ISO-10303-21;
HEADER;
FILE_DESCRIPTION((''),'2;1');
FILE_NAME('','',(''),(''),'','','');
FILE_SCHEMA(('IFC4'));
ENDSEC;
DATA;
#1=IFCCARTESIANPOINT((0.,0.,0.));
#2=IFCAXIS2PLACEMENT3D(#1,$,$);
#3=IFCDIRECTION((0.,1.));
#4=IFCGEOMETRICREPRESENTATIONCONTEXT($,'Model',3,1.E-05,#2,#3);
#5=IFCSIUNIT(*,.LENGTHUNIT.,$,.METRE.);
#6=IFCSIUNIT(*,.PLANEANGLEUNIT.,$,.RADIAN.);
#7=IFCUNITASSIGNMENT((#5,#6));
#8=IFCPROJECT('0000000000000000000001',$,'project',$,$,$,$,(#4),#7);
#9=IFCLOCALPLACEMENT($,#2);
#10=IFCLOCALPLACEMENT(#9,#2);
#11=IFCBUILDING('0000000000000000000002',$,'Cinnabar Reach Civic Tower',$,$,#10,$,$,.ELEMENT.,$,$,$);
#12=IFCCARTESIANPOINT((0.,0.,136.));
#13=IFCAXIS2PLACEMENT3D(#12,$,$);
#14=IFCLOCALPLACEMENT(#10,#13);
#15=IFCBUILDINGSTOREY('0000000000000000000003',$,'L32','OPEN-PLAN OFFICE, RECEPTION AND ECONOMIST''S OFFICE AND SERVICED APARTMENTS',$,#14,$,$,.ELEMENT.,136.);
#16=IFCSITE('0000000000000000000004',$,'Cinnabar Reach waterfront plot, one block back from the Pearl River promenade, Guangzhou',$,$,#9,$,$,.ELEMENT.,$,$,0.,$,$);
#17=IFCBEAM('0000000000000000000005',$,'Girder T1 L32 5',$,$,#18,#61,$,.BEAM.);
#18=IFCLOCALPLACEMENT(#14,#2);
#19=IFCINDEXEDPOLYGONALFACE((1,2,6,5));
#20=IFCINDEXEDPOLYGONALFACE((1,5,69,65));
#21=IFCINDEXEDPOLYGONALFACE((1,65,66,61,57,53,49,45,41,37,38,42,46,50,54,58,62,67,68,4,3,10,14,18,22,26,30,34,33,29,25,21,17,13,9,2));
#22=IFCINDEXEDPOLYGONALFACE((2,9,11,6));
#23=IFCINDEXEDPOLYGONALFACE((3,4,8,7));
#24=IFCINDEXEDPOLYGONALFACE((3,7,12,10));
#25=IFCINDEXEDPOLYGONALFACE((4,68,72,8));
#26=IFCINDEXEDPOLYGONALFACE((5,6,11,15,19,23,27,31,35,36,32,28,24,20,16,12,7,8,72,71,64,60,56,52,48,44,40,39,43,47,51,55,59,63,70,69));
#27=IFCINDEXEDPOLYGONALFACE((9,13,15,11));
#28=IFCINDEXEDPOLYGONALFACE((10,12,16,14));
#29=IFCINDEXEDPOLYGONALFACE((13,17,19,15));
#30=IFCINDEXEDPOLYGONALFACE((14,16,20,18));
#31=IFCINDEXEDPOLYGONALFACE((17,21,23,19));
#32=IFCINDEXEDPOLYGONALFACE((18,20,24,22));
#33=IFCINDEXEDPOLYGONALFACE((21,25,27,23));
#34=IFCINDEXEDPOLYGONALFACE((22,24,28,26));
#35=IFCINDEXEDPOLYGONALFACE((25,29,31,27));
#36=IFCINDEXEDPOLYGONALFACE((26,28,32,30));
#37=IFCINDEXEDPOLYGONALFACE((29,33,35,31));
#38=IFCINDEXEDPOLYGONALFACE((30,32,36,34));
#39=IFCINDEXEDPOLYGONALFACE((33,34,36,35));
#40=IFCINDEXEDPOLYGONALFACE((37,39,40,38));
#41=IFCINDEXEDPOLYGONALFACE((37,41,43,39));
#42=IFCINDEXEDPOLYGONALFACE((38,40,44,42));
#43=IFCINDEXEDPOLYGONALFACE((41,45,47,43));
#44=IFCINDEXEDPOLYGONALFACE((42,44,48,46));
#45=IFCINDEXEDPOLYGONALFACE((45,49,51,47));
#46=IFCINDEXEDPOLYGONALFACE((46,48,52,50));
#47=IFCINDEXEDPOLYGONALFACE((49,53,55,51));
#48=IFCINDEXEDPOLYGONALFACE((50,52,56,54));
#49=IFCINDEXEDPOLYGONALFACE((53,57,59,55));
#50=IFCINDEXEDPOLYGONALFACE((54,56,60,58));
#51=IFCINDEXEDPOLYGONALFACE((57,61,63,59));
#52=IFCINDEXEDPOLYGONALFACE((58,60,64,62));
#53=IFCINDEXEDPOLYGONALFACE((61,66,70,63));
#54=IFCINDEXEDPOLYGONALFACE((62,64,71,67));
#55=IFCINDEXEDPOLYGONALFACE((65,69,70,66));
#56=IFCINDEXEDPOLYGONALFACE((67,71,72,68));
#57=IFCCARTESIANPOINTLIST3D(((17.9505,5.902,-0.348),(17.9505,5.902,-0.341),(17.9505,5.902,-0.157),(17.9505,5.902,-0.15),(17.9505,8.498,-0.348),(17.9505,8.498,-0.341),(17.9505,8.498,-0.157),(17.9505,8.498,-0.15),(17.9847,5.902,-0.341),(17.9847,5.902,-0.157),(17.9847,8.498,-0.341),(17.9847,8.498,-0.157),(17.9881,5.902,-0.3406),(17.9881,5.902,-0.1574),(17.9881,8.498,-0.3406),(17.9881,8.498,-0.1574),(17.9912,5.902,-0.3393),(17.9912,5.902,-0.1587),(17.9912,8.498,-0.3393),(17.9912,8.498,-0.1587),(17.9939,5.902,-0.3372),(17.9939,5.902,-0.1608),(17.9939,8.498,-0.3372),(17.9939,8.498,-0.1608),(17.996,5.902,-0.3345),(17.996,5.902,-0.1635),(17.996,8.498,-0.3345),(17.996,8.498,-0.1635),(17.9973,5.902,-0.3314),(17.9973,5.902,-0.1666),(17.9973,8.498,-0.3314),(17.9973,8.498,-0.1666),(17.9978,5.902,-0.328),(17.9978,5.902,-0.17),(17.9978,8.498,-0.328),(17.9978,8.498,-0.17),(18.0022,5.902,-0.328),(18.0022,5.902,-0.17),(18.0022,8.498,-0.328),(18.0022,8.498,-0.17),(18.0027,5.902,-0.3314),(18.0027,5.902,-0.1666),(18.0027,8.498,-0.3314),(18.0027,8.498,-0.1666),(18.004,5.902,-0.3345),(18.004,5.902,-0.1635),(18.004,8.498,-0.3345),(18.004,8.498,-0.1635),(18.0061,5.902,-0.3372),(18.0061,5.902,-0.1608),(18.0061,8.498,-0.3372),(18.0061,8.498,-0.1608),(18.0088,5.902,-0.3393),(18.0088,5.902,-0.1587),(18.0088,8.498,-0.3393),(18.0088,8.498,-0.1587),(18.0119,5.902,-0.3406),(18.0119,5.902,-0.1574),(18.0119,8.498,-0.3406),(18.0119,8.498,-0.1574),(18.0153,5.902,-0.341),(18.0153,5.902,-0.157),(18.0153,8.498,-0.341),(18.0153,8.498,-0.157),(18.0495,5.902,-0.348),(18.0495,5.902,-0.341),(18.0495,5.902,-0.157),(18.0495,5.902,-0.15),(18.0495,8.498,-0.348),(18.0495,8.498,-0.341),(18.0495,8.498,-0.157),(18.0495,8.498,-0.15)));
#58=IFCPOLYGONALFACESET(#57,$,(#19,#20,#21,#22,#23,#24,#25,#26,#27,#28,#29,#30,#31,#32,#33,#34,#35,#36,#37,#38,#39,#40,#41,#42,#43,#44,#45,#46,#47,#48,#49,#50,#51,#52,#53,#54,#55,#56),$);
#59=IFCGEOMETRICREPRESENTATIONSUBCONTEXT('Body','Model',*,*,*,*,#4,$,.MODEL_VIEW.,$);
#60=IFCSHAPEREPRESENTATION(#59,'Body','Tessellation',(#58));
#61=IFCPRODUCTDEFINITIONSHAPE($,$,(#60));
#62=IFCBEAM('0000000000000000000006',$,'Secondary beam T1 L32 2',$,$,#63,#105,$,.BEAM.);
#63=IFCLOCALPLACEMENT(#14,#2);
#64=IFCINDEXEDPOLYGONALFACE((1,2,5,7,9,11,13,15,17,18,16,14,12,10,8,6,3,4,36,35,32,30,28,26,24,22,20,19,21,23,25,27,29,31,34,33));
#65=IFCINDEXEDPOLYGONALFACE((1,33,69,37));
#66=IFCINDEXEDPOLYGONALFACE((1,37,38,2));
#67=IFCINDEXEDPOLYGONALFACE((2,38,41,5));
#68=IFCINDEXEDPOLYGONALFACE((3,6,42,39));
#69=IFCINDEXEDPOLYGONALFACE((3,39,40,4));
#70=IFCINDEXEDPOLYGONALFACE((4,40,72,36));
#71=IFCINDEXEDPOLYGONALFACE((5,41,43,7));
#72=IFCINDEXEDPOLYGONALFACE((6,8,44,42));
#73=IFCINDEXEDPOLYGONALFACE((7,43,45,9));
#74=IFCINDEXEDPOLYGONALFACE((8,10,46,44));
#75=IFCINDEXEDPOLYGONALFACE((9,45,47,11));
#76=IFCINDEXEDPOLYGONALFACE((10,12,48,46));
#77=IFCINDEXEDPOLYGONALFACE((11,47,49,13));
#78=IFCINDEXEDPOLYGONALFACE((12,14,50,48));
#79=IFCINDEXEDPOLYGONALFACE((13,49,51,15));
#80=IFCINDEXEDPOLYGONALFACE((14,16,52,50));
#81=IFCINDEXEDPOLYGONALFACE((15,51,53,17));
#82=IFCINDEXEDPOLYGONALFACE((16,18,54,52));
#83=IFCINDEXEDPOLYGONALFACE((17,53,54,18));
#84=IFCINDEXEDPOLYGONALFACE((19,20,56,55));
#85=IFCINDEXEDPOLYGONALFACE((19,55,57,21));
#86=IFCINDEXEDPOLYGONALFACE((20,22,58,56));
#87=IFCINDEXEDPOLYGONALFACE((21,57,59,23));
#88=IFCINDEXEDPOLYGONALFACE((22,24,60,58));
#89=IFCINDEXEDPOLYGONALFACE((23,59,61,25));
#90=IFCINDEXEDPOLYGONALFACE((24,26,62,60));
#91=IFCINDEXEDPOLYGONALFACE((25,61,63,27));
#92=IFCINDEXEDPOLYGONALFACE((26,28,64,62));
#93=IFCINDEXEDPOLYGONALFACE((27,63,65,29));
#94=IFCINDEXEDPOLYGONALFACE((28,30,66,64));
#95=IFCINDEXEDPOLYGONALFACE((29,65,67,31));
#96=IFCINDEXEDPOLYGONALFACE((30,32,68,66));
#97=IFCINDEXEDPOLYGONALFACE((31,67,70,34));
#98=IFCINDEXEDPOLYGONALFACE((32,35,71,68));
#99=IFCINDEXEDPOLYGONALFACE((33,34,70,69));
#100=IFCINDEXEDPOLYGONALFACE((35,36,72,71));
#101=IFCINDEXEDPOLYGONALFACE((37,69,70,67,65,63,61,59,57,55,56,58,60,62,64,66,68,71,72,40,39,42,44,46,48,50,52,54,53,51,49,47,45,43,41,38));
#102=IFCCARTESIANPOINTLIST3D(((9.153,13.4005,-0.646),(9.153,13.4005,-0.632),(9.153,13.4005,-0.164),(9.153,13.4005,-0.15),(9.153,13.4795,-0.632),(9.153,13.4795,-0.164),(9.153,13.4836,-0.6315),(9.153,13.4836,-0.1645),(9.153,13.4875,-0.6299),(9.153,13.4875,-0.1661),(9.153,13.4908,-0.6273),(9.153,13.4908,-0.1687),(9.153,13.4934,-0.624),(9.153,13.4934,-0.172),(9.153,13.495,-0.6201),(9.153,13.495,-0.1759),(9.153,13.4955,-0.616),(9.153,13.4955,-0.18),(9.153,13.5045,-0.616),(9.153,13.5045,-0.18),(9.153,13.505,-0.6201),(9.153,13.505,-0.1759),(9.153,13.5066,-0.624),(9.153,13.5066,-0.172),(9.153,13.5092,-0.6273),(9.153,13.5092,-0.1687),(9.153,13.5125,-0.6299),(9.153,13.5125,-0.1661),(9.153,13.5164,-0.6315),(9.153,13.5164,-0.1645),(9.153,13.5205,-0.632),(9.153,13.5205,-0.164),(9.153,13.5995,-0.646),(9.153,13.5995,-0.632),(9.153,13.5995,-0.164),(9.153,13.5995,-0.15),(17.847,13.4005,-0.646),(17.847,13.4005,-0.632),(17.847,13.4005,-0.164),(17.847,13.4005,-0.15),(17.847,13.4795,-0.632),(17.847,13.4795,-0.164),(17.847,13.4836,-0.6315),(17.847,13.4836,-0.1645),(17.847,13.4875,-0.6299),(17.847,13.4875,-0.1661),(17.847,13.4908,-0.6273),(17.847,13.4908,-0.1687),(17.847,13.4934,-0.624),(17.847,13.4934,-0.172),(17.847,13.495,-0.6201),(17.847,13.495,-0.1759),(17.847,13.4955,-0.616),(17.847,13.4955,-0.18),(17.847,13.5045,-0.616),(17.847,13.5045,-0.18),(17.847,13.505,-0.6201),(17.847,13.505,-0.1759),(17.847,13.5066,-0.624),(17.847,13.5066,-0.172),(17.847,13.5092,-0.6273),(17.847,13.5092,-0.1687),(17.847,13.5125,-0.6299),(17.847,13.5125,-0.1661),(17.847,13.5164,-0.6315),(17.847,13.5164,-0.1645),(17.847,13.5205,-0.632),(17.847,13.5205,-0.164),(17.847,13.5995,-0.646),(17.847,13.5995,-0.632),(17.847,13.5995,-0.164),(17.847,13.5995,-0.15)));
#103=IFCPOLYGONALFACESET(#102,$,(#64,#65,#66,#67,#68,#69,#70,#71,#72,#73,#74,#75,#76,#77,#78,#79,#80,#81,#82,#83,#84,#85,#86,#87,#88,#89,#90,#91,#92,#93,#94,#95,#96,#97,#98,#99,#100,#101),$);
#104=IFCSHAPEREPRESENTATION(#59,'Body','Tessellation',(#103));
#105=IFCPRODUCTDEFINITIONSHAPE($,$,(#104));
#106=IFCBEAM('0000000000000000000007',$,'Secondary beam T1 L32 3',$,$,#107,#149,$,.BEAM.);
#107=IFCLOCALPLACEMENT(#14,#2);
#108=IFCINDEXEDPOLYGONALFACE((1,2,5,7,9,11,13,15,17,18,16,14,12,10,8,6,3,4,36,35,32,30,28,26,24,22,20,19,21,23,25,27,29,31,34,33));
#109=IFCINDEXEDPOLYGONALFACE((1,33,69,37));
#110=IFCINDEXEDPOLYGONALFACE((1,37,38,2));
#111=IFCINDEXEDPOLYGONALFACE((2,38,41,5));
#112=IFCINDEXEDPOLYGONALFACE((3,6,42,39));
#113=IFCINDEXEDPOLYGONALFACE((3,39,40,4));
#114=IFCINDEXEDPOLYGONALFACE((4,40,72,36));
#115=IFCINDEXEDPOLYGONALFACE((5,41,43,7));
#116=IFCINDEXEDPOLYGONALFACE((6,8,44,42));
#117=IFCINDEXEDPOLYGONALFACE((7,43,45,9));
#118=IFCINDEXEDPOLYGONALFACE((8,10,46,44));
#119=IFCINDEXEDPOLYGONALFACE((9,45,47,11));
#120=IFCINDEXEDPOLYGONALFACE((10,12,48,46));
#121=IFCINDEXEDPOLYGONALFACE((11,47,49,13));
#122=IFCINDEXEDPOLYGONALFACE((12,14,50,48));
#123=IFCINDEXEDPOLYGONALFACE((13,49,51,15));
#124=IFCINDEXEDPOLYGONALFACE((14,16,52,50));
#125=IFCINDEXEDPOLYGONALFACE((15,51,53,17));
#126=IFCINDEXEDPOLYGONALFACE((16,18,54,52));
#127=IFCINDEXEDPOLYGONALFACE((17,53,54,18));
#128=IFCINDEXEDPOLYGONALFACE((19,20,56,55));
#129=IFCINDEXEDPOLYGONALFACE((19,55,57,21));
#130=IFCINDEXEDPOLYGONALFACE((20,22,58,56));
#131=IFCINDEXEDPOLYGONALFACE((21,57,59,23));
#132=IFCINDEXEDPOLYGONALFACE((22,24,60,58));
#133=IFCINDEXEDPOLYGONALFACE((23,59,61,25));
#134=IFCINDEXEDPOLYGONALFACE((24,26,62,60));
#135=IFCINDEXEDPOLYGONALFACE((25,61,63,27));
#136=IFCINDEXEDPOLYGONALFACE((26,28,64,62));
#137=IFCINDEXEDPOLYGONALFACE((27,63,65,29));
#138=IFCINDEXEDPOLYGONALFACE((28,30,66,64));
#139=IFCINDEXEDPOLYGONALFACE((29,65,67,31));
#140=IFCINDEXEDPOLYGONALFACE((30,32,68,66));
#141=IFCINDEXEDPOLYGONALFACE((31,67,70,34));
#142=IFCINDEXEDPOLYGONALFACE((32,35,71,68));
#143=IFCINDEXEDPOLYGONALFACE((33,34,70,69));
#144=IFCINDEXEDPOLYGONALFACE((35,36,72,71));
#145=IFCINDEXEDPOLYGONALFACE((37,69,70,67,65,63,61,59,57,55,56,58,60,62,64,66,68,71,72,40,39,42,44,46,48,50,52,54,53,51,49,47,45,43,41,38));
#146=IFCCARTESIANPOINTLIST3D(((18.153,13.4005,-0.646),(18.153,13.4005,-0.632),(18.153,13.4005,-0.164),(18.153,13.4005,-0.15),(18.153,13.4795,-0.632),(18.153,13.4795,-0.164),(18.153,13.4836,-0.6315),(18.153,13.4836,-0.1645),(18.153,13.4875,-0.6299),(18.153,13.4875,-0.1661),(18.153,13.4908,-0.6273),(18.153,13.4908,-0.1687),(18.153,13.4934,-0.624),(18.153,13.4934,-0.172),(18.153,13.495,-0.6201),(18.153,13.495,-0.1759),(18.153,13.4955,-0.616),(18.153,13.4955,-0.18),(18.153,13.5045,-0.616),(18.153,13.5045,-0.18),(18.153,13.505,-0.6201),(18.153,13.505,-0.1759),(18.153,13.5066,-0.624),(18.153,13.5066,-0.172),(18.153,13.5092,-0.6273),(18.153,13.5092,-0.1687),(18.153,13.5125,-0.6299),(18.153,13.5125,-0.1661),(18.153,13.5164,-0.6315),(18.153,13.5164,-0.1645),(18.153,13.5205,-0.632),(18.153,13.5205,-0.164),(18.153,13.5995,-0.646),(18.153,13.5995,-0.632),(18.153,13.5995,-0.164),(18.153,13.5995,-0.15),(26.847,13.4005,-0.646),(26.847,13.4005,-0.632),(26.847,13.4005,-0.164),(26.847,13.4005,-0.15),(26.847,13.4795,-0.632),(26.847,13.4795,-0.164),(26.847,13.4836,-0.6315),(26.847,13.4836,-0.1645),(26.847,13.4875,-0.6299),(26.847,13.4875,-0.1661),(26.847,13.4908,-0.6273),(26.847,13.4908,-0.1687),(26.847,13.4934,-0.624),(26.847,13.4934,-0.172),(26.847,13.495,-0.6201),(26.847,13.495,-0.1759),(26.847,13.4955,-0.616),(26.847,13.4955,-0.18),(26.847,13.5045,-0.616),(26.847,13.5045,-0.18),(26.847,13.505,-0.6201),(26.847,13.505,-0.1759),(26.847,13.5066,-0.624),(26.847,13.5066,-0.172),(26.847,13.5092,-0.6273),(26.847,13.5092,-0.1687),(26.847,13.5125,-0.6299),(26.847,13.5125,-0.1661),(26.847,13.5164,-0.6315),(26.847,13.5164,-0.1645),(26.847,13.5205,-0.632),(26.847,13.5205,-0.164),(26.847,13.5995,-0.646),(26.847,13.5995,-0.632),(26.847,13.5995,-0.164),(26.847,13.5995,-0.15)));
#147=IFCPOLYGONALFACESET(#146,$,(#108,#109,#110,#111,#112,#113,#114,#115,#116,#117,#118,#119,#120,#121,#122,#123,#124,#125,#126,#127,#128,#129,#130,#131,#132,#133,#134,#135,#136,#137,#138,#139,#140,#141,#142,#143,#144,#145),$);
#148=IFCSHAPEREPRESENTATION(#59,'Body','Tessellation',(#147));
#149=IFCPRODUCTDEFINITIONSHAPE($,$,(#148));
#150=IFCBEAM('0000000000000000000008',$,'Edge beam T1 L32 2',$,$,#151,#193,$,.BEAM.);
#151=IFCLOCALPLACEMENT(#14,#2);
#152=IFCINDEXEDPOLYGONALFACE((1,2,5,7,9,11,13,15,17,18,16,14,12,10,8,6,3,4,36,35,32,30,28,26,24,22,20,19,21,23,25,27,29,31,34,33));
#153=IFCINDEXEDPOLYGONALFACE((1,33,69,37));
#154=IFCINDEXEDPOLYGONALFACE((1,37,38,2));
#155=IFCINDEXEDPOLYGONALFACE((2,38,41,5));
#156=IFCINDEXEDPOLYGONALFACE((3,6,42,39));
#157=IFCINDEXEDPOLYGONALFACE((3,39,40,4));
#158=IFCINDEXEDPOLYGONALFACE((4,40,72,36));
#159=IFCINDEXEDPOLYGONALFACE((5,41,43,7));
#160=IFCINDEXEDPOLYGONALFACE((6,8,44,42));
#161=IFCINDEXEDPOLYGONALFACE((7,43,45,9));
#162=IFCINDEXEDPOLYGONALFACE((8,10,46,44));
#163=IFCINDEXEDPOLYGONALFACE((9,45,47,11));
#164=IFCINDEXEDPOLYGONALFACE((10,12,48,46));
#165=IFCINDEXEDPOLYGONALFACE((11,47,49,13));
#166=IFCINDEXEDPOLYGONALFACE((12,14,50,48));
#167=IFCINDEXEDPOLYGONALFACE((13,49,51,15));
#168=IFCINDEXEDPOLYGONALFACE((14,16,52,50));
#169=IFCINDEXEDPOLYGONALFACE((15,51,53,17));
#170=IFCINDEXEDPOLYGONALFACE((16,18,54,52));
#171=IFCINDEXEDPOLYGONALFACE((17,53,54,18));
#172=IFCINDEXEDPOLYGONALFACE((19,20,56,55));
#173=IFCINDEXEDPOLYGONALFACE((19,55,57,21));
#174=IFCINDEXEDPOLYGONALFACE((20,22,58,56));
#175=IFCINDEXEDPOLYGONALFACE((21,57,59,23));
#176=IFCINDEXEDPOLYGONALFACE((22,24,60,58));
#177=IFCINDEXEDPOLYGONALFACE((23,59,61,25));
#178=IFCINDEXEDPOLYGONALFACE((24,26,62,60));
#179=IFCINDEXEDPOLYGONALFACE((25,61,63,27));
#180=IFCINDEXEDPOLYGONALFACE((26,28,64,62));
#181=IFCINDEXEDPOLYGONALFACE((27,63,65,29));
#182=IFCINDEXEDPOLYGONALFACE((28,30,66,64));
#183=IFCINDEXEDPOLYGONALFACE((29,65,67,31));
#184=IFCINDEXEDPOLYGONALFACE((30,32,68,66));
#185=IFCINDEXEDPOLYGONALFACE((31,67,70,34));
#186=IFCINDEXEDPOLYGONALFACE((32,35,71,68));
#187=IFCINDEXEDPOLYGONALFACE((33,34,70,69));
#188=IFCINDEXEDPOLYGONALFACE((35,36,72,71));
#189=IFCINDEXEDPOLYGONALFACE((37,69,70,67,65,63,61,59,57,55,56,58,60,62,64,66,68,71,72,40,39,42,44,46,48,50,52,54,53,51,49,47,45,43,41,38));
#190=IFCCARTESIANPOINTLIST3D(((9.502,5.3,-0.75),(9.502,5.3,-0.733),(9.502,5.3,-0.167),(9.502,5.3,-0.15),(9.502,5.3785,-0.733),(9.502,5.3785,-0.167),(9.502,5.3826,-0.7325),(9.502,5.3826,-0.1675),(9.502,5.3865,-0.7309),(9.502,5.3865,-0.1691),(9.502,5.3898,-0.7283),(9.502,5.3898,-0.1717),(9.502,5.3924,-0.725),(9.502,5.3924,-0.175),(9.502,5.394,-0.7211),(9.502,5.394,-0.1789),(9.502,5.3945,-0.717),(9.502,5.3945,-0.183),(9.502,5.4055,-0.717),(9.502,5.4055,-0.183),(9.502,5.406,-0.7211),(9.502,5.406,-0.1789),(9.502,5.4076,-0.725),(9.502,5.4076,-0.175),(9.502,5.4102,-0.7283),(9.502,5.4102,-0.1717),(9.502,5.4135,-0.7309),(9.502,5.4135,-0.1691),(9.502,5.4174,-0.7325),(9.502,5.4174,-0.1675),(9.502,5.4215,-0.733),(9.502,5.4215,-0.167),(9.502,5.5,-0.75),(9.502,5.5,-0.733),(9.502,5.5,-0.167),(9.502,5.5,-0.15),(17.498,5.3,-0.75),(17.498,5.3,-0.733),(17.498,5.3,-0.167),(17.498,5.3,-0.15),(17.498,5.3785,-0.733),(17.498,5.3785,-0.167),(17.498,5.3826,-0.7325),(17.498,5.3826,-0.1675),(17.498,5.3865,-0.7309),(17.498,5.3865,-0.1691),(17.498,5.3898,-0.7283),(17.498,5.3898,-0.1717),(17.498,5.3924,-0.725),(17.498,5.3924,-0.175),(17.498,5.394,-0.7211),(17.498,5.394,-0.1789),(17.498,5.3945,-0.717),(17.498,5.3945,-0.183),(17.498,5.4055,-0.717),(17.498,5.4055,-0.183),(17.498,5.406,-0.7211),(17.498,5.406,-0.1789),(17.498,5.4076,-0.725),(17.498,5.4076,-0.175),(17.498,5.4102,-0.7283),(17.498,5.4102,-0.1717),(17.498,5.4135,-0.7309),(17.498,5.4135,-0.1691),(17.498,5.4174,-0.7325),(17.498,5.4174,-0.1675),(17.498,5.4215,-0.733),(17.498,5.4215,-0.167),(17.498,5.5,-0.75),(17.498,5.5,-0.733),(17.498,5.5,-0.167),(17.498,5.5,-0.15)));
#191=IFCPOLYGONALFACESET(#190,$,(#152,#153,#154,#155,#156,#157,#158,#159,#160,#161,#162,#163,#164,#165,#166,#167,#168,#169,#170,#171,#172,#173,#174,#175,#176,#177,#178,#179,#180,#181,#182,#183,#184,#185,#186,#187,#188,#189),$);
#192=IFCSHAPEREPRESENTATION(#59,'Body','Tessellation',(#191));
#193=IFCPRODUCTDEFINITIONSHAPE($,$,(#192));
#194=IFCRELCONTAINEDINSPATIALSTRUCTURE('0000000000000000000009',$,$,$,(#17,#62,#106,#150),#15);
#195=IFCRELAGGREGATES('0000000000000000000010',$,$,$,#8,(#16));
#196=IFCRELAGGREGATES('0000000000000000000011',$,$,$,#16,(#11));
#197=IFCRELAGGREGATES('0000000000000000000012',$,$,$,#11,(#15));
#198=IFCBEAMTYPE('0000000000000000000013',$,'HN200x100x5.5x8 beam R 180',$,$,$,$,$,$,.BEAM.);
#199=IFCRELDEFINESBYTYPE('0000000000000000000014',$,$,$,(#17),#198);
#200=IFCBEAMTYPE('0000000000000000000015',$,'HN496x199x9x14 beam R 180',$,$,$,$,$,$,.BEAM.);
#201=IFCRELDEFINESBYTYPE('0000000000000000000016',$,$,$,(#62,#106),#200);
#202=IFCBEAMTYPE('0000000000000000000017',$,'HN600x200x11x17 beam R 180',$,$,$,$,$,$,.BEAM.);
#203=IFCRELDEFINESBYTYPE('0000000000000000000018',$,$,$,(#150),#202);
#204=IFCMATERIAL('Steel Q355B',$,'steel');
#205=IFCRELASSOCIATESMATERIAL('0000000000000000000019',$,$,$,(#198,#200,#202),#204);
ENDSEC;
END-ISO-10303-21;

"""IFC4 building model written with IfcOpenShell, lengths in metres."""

from ifc_helpers import new_model, si_unit, direction, frame, origin, origin_2d, place, context, subcontext, project, spatial, i_section, extrude, material, material_profile, profile_set, type_object, element, save


model = new_model("IFC4")

# Units and contexts
model_context = context("Model", 3, precision=1e-05, world=origin(), true_north=direction((0.0, 1.0)))
body_context = subcontext(model_context, "Body", "Model", "MODEL_VIEW")
ifc_project = project(units=[si_unit("LENGTHUNIT", "METRE"), si_unit("PLANEANGLEUNIT", "RADIAN")], contexts=[model_context])

# Site, building, storey
site_placement = place(None, origin())
site = spatial("IfcSite", under=ifc_project, at=site_placement, Name="Cinnabar Reach waterfront plot, one block back from the Pearl River promenade, Guangzhou", CompositionType="ELEMENT", RefElevation=0.0)
building_placement = place(site_placement, origin())
building = spatial("IfcBuilding", under=site, at=building_placement, Name="Cinnabar Reach Civic Tower", CompositionType="ELEMENT")
storey_placement = place(building_placement, frame((0.0, 0.0, 136.0)))
storey = spatial("IfcBuildingStorey", under=building, at=storey_placement, Name="L32", Description="OPEN-PLAN OFFICE, RECEPTION AND ECONOMIST'S OFFICE AND SERVICED APARTMENTS", CompositionType="ELEMENT", Elevation=136.0)

# Beams
ifc_material_1 = material(Name="Steel Q355B", Category="steel")
ifc_material_profile_1 = material_profile(ifc_material_1, i_section(OverallWidth=0.099, OverallDepth=0.198, WebThickness=0.0045, FlangeThickness=0.007, FilletRadius=0.013, at=origin_2d()), Name="HN200x100x5.5x8")
ifc_profile_set_1 = profile_set([ifc_material_profile_1], Name="Steel Q355B")
beam_type_1 = type_object("IfcBeamType", Name="HN200x100x5.5x8 beam R 180", PredefinedType="BEAM", material=ifc_profile_set_1)
for number, where, z_axis, x_axis, name in (
    (1, (18.0, 5.902, -0.249), (0.0, 1.0, 0.0), (-1.0, 0.0, 0.0), "Girder T1 L32 5"),
):
    element("IfcBeam", number, at=place(storey_placement, frame(where, z_axis=z_axis, x_axis=x_axis)), inside=storey, type_object=beam_type_1, Name=name, PredefinedType="BEAM", context=body_context, shape_type="SweptSolid", body=[
        extrude(i_section(OverallWidth=0.099, OverallDepth=0.198, WebThickness=0.0045, FlangeThickness=0.007, FilletRadius=0.013, at=origin_2d()), origin(), (0.0, 0.0, 1.0), 2.596),
    ])
ifc_material_profile_2 = material_profile(ifc_material_1, i_section(OverallWidth=0.199, OverallDepth=0.496, WebThickness=0.009, FlangeThickness=0.014, FilletRadius=0.016, at=origin_2d()), Name="HN496x199x9x14")
ifc_profile_set_2 = profile_set([ifc_material_profile_2], Name="Steel Q355B")
beam_type_2 = type_object("IfcBeamType", Name="HN496x199x9x14 beam R 180", PredefinedType="BEAM", material=ifc_profile_set_2)
for number, where, z_axis, x_axis, name in (
    (2, (9.153, 13.5, -0.398), (1.0, 0.0, 0.0), (0.0, 1.0, 0.0), "Secondary beam T1 L32 2"),
    (3, (18.153, 13.5, -0.398), (1.0, 0.0, 0.0), (0.0, 1.0, 0.0), "Secondary beam T1 L32 3"),
):
    element("IfcBeam", number, at=place(storey_placement, frame(where, z_axis=z_axis, x_axis=x_axis)), inside=storey, type_object=beam_type_2, Name=name, PredefinedType="BEAM", context=body_context, shape_type="SweptSolid", body=[
        extrude(i_section(OverallWidth=0.199, OverallDepth=0.496, WebThickness=0.009, FlangeThickness=0.014, FilletRadius=0.016, at=origin_2d()), origin(), (0.0, 0.0, 1.0), 8.694),
    ])
ifc_material_profile_3 = material_profile(ifc_material_1, i_section(OverallWidth=0.2, OverallDepth=0.6, WebThickness=0.011, FlangeThickness=0.017, FilletRadius=0.016, at=origin_2d()), Name="HN600x200x11x17")
ifc_profile_set_3 = profile_set([ifc_material_profile_3], Name="Steel Q355B")
beam_type_3 = type_object("IfcBeamType", Name="HN600x200x11x17 beam R 180", PredefinedType="BEAM", material=ifc_profile_set_3)
for number, where, z_axis, x_axis, name in (
    (4, (9.502, 5.4, -0.45), (1.0, 0.0, 0.0), (0.0, 1.0, 0.0), "Edge beam T1 L32 2"),
):
    element("IfcBeam", number, at=place(storey_placement, frame(where, z_axis=z_axis, x_axis=x_axis)), inside=storey, type_object=beam_type_3, Name=name, PredefinedType="BEAM", context=body_context, shape_type="SweptSolid", body=[
        extrude(i_section(OverallWidth=0.2, OverallDepth=0.6, WebThickness=0.011, FlangeThickness=0.017, FilletRadius=0.016, at=origin_2d()), origin(), (0.0, 0.0, 1.0), 7.996),
    ])

save(model, "model.ifc")
